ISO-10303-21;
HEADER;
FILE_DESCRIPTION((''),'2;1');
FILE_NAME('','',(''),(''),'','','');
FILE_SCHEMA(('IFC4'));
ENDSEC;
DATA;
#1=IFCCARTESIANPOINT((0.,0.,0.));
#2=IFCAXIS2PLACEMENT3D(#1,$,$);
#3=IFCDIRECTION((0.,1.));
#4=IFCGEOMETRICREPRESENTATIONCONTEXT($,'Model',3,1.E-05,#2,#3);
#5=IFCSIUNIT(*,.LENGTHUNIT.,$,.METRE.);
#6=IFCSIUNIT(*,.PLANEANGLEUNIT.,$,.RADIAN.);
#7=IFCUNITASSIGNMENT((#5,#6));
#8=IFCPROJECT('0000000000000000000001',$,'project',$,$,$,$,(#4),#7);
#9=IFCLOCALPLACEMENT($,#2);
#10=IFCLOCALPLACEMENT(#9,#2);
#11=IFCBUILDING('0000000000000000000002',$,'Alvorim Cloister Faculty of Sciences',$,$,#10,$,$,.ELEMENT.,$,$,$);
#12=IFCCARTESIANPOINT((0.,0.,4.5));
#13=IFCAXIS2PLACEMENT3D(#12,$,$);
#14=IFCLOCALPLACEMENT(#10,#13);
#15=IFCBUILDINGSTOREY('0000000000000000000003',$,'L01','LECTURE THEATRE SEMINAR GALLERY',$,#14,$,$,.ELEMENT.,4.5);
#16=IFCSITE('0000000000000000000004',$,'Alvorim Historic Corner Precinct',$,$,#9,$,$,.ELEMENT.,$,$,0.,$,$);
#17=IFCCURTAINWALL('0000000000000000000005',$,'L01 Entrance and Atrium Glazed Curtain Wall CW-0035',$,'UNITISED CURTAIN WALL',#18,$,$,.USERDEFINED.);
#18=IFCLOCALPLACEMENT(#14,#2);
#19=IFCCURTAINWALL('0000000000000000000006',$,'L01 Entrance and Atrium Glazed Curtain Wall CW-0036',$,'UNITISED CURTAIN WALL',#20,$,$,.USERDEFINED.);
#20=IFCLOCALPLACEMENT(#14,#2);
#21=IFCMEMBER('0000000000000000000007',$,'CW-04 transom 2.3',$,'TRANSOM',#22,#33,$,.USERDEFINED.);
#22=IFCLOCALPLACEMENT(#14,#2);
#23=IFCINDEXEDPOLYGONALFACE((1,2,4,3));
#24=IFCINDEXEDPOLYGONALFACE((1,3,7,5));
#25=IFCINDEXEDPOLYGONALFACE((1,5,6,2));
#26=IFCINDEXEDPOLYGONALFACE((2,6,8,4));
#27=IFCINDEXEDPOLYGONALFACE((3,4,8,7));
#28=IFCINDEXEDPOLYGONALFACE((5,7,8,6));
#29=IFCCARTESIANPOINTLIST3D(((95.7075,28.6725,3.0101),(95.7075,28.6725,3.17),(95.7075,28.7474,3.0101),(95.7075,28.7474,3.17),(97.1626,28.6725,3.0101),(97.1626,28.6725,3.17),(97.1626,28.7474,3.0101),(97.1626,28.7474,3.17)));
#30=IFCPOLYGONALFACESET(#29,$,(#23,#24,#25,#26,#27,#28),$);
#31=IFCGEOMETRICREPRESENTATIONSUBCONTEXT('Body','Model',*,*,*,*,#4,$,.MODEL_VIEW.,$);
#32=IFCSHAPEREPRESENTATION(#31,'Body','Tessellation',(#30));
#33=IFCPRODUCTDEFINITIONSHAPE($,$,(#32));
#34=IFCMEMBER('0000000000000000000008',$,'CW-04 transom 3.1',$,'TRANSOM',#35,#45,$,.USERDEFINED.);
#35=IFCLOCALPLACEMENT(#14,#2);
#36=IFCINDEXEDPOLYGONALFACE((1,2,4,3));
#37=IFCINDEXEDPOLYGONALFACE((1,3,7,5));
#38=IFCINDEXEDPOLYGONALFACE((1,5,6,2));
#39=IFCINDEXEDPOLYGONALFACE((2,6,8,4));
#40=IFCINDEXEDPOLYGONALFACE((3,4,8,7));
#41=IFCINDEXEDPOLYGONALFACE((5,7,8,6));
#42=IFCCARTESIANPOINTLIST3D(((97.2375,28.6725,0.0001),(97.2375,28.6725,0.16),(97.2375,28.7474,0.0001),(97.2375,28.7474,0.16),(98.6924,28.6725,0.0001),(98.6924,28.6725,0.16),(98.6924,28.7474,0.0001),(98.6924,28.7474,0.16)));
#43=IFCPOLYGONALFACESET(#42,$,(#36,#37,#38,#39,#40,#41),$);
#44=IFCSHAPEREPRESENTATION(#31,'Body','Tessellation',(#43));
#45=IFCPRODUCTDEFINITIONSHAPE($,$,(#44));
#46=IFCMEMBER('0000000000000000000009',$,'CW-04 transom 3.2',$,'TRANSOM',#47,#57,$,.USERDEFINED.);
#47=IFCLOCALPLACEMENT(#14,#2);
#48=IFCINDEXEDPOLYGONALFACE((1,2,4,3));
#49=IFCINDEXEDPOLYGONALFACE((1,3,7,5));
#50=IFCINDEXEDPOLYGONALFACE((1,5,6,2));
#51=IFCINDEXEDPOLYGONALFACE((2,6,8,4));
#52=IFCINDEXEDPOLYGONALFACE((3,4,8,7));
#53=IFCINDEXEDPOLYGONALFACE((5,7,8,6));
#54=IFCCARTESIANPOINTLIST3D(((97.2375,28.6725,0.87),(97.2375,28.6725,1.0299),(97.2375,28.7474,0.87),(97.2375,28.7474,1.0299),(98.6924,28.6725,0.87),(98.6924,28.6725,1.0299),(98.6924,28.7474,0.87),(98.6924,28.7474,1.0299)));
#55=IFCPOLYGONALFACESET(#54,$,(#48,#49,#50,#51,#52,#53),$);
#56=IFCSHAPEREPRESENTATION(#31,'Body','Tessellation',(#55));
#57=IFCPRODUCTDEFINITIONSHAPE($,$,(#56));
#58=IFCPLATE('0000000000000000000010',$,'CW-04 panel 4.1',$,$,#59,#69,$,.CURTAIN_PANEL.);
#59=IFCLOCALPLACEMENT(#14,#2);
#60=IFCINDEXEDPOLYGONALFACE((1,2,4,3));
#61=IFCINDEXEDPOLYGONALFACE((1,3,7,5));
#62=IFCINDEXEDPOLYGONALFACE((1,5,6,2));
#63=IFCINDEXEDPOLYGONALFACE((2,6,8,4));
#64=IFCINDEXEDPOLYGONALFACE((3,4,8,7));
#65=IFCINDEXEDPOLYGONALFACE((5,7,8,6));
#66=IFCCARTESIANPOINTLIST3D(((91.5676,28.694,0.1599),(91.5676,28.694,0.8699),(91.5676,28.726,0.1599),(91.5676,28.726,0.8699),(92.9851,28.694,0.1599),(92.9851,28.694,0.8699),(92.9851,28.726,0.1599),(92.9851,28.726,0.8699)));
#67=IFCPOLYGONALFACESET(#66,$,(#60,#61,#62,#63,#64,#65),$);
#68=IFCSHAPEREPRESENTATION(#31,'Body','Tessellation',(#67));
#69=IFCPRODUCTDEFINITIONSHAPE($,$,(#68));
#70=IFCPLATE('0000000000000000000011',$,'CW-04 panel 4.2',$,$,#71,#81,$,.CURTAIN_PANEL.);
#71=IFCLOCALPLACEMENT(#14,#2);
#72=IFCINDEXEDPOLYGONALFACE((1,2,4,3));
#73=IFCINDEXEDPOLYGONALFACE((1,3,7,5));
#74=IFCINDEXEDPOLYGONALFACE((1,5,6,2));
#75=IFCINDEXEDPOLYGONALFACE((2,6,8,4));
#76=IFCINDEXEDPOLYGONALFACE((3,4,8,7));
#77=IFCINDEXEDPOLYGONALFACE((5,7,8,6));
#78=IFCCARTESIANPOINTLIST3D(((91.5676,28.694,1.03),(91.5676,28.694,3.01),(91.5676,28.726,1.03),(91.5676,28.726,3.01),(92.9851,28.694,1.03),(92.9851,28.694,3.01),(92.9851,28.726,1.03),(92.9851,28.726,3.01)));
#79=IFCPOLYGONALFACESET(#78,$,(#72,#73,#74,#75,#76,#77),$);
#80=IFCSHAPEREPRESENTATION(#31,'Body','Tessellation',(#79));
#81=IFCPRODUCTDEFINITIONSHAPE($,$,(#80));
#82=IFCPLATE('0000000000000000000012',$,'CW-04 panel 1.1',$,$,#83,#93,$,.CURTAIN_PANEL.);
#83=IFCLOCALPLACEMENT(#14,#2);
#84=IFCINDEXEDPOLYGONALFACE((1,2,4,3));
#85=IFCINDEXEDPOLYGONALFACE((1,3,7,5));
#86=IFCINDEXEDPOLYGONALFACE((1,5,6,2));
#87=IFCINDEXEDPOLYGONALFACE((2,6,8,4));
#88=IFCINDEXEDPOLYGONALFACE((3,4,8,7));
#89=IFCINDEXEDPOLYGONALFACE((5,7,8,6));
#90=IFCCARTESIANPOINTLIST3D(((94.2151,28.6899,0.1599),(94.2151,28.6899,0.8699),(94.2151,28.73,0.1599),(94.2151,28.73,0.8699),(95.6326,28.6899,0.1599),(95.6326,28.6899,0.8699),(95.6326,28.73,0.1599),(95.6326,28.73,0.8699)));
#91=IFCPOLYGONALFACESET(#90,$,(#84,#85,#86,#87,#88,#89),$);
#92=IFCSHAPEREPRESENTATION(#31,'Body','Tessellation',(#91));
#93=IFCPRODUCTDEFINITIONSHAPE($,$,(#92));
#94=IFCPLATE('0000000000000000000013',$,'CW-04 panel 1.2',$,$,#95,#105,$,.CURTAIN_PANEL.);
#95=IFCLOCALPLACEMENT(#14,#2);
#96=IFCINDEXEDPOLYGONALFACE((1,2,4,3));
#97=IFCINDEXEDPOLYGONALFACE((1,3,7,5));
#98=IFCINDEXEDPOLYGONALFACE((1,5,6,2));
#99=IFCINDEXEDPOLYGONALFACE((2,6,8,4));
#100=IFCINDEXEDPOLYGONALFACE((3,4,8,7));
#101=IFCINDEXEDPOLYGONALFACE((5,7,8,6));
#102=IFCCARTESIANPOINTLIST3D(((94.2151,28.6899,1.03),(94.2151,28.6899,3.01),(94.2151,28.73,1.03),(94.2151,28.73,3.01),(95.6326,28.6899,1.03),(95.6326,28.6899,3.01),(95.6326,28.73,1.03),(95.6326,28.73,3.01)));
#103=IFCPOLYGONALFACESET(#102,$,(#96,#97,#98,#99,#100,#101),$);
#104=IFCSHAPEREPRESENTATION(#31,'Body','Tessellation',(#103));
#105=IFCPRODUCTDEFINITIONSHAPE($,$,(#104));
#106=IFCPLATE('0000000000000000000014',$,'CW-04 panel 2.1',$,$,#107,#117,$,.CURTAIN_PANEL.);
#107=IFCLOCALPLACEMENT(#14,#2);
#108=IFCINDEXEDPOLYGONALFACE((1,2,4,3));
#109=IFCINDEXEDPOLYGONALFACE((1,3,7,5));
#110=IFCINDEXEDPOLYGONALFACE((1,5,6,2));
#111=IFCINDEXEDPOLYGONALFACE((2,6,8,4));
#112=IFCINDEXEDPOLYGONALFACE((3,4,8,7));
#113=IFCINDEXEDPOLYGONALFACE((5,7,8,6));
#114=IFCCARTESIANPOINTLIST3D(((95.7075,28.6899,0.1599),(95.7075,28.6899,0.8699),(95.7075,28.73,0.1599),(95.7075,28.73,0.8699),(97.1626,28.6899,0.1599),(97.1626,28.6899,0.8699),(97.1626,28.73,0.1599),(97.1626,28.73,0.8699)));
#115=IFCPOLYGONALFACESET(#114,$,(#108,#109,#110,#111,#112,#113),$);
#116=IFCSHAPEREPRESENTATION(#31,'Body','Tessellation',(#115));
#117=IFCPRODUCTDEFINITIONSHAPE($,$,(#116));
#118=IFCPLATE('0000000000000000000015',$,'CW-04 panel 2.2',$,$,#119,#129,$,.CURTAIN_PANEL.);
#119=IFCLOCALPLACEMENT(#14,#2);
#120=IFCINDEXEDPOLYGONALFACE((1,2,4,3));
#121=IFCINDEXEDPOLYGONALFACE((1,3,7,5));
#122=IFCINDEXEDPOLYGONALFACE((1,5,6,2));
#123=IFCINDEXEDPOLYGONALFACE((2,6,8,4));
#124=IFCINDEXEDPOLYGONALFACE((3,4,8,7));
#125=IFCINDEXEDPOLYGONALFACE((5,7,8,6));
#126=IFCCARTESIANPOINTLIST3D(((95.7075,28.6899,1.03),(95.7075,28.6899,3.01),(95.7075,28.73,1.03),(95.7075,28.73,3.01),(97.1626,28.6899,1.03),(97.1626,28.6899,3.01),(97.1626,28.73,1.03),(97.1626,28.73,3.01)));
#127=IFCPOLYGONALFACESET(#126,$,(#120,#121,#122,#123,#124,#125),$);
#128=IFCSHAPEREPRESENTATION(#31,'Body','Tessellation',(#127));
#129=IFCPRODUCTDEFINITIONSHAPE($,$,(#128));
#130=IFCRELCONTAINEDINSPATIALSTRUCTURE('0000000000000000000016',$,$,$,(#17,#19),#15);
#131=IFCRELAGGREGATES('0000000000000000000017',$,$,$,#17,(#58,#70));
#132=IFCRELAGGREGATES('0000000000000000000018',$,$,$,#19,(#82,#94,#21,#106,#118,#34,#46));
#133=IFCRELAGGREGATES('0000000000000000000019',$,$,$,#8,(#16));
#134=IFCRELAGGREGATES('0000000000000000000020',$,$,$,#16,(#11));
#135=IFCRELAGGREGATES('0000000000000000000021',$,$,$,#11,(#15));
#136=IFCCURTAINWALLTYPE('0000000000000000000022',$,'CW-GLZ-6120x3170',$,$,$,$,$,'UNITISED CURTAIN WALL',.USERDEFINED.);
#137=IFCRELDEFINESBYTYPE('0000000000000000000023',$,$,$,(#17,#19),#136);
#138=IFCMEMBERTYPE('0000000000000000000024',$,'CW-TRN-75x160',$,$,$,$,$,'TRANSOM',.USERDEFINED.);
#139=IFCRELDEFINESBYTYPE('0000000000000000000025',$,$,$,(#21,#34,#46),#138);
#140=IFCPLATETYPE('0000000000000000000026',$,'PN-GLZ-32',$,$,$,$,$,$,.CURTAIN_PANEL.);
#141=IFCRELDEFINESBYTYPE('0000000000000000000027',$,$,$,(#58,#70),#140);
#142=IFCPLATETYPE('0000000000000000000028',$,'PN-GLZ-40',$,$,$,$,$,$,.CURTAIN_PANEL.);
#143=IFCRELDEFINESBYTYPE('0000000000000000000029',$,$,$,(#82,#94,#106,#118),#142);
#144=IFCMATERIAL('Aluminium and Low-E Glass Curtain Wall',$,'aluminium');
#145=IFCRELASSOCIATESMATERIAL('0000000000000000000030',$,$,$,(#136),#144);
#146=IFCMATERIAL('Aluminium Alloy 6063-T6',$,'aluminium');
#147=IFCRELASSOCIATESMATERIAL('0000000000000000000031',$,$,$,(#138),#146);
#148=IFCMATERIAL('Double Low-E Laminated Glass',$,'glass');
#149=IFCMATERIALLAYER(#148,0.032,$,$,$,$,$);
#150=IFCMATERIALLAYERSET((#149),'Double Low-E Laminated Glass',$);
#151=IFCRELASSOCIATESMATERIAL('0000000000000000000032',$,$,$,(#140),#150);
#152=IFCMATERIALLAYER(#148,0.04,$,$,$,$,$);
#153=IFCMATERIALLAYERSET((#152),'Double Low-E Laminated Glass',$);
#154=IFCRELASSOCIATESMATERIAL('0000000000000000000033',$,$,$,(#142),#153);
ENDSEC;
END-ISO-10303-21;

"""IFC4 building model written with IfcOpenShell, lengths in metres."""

from ifc_helpers import new_model, si_unit, direction, frame, origin, origin_2d, place, context, subcontext, project, spatial, rectangle, extrude, material, layer, layer_set, material_profile, profile_set, type_object, element, aggregate, save


model = new_model("IFC4")

# Units and contexts
model_context = context("Model", 3, precision=1e-05, world=origin(), true_north=direction((0.0, 1.0)))
body_context = subcontext(model_context, "Body", "Model", "MODEL_VIEW")
ifc_project = project(units=[si_unit("LENGTHUNIT", "METRE"), si_unit("PLANEANGLEUNIT", "RADIAN")], contexts=[model_context])

# Site, building, storey
site_placement = place(None, origin())
site = spatial("IfcSite", under=ifc_project, at=site_placement, Name="Alvorim Historic Corner Precinct", CompositionType="ELEMENT", RefElevation=0.0)
building_placement = place(site_placement, origin())
building = spatial("IfcBuilding", under=site, at=building_placement, Name="Alvorim Cloister Faculty of Sciences", CompositionType="ELEMENT")
storey_placement = place(building_placement, frame((0.0, 0.0, 4.5)))
storey = spatial("IfcBuildingStorey", under=building, at=storey_placement, Name="L01", Description="LECTURE THEATRE SEMINAR GALLERY", CompositionType="ELEMENT", Elevation=4.5)

# Curtain wall
ifc_material_1 = material(Name="Aluminium and Low-E Glass Curtain Wall", Category="aluminium")
curtain_wall_type = type_object("IfcCurtainWallType", Name="CW-GLZ-6120x3170", ElementType="UNITISED CURTAIN WALL", PredefinedType="USERDEFINED", material=ifc_material_1)
curtain_wall_1_placement = place(storey_placement, origin())
curtain_wall_1 = element("IfcCurtainWall", 1, at=curtain_wall_1_placement, inside=storey, type_object=curtain_wall_type, Name="L01 Entrance and Atrium Glazed Curtain Wall CW-0035", ObjectType="UNITISED CURTAIN WALL", PredefinedType="USERDEFINED")
ifc_material_2 = material(Name="Aluminium Alloy 6063-T6", Category="aluminium")

# Curtain wall
curtain_wall_2_placement = place(storey_placement, origin())
curtain_wall_2 = element("IfcCurtainWall", 2, at=curtain_wall_2_placement, inside=storey, type_object=curtain_wall_type, Name="L01 Entrance and Atrium Glazed Curtain Wall CW-0036", ObjectType="UNITISED CURTAIN WALL", PredefinedType="USERDEFINED")

# Members
ifc_material_profile_1 = material_profile(ifc_material_2, rectangle(XDim=0.075, YDim=0.1599, at=origin_2d()), Name="ALU-TRN-75x160")
ifc_profile_set_1 = profile_set([ifc_material_profile_1], Name="Aluminium Alloy 6063-T6")
member_type_1 = type_object("IfcMemberType", Name="CW-TRN-75x160", ElementType="TRANSOM", PredefinedType="USERDEFINED", material=ifc_profile_set_1)
member_1_placement = place(storey_placement, frame((95.7075, 28.71, 3.0901), z_axis=(1.0, 0.0, 0.0), x_axis=(0.0, 1.0, 0.0)))
member_1 = element("IfcMember", 3, at=member_1_placement, type_object=member_type_1, Name="CW-04 transom 2.3", ObjectType="TRANSOM", PredefinedType="USERDEFINED", context=body_context, shape_type="SweptSolid", body=[
    extrude(rectangle(XDim=0.075, YDim=0.1599, at=origin_2d()), origin(), (0.0, 0.0, 1.0), 1.4551),
])
member_2_placement = place(storey_placement, frame((97.2375, 28.71, 0.0801), z_axis=(1.0, 0.0, 0.0), x_axis=(0.0, 1.0, 0.0)))
member_2 = element("IfcMember", 4, at=member_2_placement, type_object=member_type_1, Name="CW-04 transom 3.1", ObjectType="TRANSOM", PredefinedType="USERDEFINED", context=body_context, shape_type="SweptSolid", body=[
    extrude(rectangle(XDim=0.075, YDim=0.1599, at=origin_2d()), origin(), (0.0, 0.0, 1.0), 1.4548),
])
member_3_placement = place(storey_placement, frame((97.2375, 28.71, 0.95), z_axis=(1.0, 0.0, 0.0), x_axis=(0.0, 1.0, 0.0)))
member_3 = element("IfcMember", 5, at=member_3_placement, type_object=member_type_1, Name="CW-04 transom 3.2", ObjectType="TRANSOM", PredefinedType="USERDEFINED", context=body_context, shape_type="SweptSolid", body=[
    extrude(rectangle(XDim=0.075, YDim=0.1599, at=origin_2d()), origin(), (0.0, 0.0, 1.0), 1.4548),
])

# Plates
ifc_material_3 = material(Name="Double Low-E Laminated Glass", Category="glass")
ifc_layer_1 = layer(ifc_material_3, 0.032)
ifc_layer_set_1 = layer_set([ifc_layer_1], Name="Double Low-E Laminated Glass")
plate_type_1 = type_object("IfcPlateType", Name="PN-GLZ-32", PredefinedType="CURTAIN_PANEL", material=ifc_layer_set_1)
plate_1_placement = place(storey_placement, frame((92.2764, 28.71, 0.1599), z_axis=(0.0, 0.0, 1.0), x_axis=(1.0, 0.0, 0.0)))
plate_1 = element("IfcPlate", 6, at=plate_1_placement, type_object=plate_type_1, Name="CW-04 panel 4.1", PredefinedType="CURTAIN_PANEL", context=body_context, shape_type="SweptSolid", body=[
    extrude(rectangle(XDim=1.4175, YDim=0.032, at=origin_2d()), origin(), (0.0, 0.0, 1.0), 0.71),
])
plate_2_placement = place(storey_placement, frame((92.2764, 28.71, 1.03), z_axis=(0.0, 0.0, 1.0), x_axis=(1.0, 0.0, 0.0)))
plate_2 = element("IfcPlate", 7, at=plate_2_placement, type_object=plate_type_1, Name="CW-04 panel 4.2", PredefinedType="CURTAIN_PANEL", context=body_context, shape_type="SweptSolid", body=[
    extrude(rectangle(XDim=1.4175, YDim=0.032, at=origin_2d()), origin(), (0.0, 0.0, 1.0), 1.98),
])
aggregate(curtain_wall_1, [plate_1, plate_2])
ifc_layer_2 = layer(ifc_material_3, 0.04)
ifc_layer_set_2 = layer_set([ifc_layer_2], Name="Double Low-E Laminated Glass")
plate_type_2 = type_object("IfcPlateType", Name="PN-GLZ-40", PredefinedType="CURTAIN_PANEL", material=ifc_layer_set_2)
plate_3_placement = place(storey_placement, frame((94.9238, 28.71, 0.1599), z_axis=(0.0, 0.0, 1.0), x_axis=(1.0, 0.0, 0.0)))
plate_3 = element("IfcPlate", 8, at=plate_3_placement, type_object=plate_type_2, Name="CW-04 panel 1.1", PredefinedType="CURTAIN_PANEL", context=body_context, shape_type="SweptSolid", body=[
    extrude(rectangle(XDim=1.4175, YDim=0.04, at=origin_2d()), origin(), (0.0, 0.0, 1.0), 0.71),
])
plate_4_placement = place(storey_placement, frame((94.9238, 28.71, 1.03), z_axis=(0.0, 0.0, 1.0), x_axis=(1.0, 0.0, 0.0)))
plate_4 = element("IfcPlate", 9, at=plate_4_placement, type_object=plate_type_2, Name="CW-04 panel 1.2", PredefinedType="CURTAIN_PANEL", context=body_context, shape_type="SweptSolid", body=[
    extrude(rectangle(XDim=1.4175, YDim=0.04, at=origin_2d()), origin(), (0.0, 0.0, 1.0), 1.98),
])
plate_5_placement = place(storey_placement, frame((96.4351, 28.71, 0.1599), z_axis=(0.0, 0.0, 1.0), x_axis=(1.0, 0.0, 0.0)))
plate_5 = element("IfcPlate", 10, at=plate_5_placement, type_object=plate_type_2, Name="CW-04 panel 2.1", PredefinedType="CURTAIN_PANEL", context=body_context, shape_type="SweptSolid", body=[
    extrude(rectangle(XDim=1.4551, YDim=0.04, at=origin_2d()), origin(), (0.0, 0.0, 1.0), 0.71),
])
plate_6_placement = place(storey_placement, frame((96.4351, 28.71, 1.03), z_axis=(0.0, 0.0, 1.0), x_axis=(1.0, 0.0, 0.0)))
plate_6 = element("IfcPlate", 11, at=plate_6_placement, type_object=plate_type_2, Name="CW-04 panel 2.2", PredefinedType="CURTAIN_PANEL", context=body_context, shape_type="SweptSolid", body=[
    extrude(rectangle(XDim=1.4551, YDim=0.04, at=origin_2d()), origin(), (0.0, 0.0, 1.0), 1.98),
])
aggregate(curtain_wall_2, [plate_3, plate_4, member_1, plate_5, plate_6, member_2, member_3])

save(model, "model.ifc")
